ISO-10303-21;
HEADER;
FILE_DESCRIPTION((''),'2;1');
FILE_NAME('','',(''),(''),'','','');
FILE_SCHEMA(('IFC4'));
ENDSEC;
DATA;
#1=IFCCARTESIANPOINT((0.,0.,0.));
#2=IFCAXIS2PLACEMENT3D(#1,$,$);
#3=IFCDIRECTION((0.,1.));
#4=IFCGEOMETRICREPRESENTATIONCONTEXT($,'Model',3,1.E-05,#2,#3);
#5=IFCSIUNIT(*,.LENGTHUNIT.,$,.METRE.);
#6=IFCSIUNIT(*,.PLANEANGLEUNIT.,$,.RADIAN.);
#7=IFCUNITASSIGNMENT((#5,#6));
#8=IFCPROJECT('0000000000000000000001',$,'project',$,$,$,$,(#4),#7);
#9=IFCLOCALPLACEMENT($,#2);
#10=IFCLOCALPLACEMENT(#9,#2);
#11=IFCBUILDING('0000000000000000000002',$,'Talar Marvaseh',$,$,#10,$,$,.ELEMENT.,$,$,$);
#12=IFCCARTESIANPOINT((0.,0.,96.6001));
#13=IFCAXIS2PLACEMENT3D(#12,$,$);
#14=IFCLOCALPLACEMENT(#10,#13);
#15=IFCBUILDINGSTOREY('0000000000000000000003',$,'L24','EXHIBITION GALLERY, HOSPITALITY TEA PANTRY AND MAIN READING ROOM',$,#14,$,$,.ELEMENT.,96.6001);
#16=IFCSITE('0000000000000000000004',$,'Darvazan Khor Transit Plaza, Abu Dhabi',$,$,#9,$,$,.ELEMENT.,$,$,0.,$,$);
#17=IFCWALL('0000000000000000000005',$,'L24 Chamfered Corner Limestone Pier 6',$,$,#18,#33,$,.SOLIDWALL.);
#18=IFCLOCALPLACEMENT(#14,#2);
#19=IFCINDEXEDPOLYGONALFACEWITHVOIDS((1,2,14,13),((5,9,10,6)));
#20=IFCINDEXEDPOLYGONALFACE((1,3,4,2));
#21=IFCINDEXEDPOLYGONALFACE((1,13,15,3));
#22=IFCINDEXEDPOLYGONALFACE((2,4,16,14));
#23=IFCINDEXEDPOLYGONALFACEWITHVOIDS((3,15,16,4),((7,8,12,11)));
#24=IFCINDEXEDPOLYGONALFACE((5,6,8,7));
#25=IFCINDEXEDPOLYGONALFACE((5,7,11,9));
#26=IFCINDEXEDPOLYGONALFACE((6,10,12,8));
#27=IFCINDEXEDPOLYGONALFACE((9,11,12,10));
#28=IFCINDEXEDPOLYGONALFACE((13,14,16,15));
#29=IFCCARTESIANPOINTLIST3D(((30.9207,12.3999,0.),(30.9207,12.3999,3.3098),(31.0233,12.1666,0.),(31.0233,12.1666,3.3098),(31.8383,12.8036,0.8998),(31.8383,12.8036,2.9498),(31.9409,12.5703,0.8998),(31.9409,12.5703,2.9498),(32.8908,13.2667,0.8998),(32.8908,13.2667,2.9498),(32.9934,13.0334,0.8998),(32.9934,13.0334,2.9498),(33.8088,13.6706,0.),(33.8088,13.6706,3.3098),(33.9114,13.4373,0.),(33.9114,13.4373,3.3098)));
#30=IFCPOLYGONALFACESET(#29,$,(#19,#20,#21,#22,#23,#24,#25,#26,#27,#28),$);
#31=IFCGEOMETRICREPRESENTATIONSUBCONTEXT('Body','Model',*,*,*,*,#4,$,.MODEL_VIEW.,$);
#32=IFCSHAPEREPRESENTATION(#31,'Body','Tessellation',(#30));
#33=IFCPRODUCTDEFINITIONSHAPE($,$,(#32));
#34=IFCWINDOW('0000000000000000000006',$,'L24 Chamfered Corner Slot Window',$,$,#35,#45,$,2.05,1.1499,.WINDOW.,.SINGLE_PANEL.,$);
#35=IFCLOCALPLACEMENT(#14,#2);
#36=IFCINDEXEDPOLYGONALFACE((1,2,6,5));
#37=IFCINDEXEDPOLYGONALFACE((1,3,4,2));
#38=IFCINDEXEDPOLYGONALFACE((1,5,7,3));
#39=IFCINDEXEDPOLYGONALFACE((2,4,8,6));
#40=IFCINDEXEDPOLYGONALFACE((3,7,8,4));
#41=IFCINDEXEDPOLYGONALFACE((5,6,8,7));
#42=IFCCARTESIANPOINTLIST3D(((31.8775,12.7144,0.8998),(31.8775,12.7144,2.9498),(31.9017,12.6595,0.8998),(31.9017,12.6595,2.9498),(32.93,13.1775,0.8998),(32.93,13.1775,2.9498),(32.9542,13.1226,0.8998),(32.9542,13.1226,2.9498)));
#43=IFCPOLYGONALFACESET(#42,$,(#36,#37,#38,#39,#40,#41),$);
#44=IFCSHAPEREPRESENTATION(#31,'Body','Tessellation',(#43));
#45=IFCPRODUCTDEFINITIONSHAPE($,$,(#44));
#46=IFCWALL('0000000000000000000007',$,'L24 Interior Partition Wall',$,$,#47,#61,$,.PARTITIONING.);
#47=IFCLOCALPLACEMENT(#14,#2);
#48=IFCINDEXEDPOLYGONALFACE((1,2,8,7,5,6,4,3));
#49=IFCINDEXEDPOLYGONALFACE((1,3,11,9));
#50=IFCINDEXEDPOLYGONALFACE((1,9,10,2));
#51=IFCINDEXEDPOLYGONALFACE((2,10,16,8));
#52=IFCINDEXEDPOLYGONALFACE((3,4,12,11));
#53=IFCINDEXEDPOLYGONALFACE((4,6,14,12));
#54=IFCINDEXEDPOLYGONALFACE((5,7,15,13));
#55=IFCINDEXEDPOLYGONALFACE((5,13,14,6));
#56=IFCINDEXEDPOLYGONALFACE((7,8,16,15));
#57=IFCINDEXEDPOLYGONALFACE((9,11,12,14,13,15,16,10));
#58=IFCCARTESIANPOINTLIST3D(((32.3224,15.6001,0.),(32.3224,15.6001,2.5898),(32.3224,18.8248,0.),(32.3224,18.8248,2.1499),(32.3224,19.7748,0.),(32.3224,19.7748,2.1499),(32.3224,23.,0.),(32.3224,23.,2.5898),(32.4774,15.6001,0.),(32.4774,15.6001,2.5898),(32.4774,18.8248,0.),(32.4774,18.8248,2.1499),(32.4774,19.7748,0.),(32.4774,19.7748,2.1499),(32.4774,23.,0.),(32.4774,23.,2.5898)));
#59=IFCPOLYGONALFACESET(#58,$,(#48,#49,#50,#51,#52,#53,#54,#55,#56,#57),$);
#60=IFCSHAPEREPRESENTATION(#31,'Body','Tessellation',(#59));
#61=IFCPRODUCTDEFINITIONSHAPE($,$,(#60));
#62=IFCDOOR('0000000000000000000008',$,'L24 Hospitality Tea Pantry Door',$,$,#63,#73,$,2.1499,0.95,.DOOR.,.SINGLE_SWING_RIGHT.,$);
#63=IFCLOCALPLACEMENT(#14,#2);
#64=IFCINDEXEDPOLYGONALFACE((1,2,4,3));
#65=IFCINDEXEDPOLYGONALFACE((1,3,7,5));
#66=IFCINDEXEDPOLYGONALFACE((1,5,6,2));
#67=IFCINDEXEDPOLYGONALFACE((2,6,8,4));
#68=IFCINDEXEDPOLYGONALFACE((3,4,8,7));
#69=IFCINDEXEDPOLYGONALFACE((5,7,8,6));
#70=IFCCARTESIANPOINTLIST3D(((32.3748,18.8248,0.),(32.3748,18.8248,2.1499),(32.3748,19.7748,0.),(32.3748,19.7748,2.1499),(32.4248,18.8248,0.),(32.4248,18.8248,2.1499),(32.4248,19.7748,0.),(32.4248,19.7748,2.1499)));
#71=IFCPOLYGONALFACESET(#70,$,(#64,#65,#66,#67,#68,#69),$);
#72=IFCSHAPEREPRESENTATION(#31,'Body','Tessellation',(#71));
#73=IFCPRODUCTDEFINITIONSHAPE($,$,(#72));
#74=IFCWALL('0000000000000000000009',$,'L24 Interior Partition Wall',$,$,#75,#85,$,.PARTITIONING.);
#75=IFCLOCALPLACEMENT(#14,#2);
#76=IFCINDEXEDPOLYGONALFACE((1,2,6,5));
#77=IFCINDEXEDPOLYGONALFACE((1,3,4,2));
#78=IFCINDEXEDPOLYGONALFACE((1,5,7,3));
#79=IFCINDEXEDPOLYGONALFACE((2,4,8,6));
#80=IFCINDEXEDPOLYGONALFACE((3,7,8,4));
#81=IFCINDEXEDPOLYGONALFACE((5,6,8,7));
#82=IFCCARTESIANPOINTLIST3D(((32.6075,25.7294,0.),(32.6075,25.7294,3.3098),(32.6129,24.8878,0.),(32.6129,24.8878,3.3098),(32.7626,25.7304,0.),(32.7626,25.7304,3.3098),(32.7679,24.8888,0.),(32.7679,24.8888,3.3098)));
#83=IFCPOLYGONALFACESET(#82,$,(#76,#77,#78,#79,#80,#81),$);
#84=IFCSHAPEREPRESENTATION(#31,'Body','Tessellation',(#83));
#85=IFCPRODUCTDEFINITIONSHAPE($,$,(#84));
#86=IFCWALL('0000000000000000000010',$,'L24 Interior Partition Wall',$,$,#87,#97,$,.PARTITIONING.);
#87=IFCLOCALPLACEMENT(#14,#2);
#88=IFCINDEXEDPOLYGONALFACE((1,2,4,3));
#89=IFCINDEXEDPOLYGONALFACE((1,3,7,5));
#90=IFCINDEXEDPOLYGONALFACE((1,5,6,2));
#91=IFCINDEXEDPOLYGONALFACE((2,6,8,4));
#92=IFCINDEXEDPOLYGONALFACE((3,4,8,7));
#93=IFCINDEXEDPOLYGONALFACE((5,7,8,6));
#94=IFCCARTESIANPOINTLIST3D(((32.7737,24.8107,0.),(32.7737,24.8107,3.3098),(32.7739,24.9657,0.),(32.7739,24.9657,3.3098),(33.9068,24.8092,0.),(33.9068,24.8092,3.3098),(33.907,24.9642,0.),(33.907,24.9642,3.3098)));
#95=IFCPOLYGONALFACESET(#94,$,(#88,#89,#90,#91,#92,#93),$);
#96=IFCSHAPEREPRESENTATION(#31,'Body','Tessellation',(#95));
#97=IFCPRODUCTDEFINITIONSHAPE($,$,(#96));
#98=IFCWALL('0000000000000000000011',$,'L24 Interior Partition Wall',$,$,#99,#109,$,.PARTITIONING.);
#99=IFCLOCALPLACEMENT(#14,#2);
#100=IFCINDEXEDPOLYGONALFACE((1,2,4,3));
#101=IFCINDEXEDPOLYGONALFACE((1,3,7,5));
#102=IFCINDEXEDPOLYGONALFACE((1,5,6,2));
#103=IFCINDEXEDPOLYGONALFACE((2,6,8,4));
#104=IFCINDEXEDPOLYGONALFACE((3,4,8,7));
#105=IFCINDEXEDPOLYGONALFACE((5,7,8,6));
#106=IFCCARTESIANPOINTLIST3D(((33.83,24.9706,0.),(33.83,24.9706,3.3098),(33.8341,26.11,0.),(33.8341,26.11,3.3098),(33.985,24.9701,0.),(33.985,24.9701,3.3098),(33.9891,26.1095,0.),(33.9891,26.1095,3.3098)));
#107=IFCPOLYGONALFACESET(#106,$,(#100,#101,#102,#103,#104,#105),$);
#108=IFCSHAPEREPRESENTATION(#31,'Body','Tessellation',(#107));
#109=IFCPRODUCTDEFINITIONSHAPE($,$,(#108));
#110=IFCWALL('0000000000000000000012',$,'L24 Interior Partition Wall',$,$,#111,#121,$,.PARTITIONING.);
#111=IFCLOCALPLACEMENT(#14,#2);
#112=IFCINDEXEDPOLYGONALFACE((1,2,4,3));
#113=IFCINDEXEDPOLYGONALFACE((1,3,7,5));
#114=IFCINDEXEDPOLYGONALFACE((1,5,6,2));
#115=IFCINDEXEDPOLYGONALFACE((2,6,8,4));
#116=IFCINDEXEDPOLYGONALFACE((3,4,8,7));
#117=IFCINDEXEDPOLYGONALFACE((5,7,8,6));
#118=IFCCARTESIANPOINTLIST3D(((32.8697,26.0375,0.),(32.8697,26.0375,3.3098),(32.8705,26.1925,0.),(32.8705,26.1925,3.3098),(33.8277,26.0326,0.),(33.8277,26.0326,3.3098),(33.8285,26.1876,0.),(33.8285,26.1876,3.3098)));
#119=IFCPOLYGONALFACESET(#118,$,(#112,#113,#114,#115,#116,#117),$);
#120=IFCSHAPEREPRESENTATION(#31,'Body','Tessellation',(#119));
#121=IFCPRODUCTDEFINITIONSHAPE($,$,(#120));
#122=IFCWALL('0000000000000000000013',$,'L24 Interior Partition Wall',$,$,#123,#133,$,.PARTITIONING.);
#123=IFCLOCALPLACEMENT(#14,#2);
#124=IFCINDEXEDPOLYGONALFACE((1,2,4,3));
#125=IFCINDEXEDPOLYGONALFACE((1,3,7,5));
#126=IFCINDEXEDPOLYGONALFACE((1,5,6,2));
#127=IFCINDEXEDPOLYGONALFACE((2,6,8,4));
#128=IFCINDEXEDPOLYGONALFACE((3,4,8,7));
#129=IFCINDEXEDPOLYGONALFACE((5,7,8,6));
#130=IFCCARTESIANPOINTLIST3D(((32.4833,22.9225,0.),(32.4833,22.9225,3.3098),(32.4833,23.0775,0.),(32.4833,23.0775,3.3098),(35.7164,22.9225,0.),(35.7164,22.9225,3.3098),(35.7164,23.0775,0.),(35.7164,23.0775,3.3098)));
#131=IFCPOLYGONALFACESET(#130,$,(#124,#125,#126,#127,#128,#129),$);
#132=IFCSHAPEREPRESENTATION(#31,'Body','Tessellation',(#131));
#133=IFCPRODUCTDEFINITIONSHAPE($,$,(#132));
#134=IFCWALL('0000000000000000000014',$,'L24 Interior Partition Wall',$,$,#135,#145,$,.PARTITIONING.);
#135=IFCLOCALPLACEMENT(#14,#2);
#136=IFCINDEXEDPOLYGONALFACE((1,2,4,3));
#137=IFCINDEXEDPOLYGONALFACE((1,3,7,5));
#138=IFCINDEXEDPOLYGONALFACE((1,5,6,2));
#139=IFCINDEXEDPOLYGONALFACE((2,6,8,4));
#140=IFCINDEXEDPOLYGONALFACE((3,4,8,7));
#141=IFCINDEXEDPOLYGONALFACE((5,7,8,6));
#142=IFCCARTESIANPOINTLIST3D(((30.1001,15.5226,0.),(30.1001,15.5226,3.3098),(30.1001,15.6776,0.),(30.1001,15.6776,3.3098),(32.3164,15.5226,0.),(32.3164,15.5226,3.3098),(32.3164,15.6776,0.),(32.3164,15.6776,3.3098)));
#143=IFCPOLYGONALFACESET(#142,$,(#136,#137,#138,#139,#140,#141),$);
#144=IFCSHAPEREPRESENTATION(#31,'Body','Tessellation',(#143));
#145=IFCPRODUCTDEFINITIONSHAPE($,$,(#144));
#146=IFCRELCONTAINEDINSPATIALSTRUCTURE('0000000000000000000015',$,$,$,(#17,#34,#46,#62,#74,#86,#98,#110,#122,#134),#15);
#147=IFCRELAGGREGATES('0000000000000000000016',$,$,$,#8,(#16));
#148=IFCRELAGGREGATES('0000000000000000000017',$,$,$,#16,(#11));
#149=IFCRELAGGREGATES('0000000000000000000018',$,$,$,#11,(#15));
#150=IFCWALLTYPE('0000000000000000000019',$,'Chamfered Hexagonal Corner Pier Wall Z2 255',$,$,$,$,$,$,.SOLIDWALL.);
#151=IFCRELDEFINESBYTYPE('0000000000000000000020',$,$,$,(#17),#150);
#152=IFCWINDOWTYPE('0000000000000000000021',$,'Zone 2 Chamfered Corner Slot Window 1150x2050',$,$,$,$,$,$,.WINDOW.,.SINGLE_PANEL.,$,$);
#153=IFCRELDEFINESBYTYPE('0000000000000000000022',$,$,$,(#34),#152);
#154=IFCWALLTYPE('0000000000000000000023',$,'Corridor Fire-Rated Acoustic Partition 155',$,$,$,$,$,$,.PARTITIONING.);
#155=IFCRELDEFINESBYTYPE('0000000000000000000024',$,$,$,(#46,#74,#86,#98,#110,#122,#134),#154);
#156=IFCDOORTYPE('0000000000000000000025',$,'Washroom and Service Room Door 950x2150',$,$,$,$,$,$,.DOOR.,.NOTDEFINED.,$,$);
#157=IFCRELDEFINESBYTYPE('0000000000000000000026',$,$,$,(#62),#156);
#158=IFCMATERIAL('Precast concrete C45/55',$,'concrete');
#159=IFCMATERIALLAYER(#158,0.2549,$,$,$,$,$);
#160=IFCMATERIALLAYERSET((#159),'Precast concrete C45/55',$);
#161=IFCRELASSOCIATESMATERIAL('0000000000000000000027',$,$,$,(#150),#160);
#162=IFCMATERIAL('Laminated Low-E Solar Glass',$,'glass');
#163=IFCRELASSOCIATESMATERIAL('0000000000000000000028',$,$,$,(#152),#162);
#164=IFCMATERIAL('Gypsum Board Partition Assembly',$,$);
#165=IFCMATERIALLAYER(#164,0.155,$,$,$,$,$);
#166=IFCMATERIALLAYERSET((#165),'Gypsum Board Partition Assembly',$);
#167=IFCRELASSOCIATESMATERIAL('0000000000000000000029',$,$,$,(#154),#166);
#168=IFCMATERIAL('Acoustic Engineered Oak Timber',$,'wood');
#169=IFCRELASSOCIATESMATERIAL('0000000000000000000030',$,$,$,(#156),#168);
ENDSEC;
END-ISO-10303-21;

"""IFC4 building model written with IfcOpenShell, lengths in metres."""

from ifc_helpers import new_model, si_unit, direction, frame, frame_2d, origin, place, context, subcontext, project, spatial, rectangle, extrude, source, transform, mapped, material, layer, layer_set, type_object, type_shapes, element, fill, save


model = new_model("IFC4")

# Units and contexts
model_context = context("Model", 3, precision=1e-05, world=origin(), true_north=direction((0.0, 1.0)))
body_context = subcontext(model_context, "Body", "Model", "MODEL_VIEW")
ifc_project = project(units=[si_unit("LENGTHUNIT", "METRE"), si_unit("PLANEANGLEUNIT", "RADIAN")], contexts=[model_context])

# Site, building, storey
site_placement = place(None, origin())
site = spatial("IfcSite", under=ifc_project, at=site_placement, Name="Darvazan Khor Transit Plaza, Abu Dhabi", CompositionType="ELEMENT", RefElevation=0.0)
building_placement = place(site_placement, origin())
building = spatial("IfcBuilding", under=site, at=building_placement, Name="Talar Marvaseh", CompositionType="ELEMENT")
storey_placement = place(building_placement, frame((0.0, 0.0, 96.6001)))
storey = spatial("IfcBuildingStorey", under=building, at=storey_placement, Name="L24", Description="EXHIBITION GALLERY, HOSPITALITY TEA PANTRY AND MAIN READING ROOM", CompositionType="ELEMENT", Elevation=96.6001)

# Shared definitions
ifc_material_1 = material(Name="Laminated Low-E Solar Glass", Category="glass")

# Wall, opening, window
ifc_material_2 = material(Name="Precast concrete C45/55", Category="concrete")
ifc_layer_1 = layer(ifc_material_2, 0.2549)
ifc_layer_set_1 = layer_set([ifc_layer_1], Name="Precast concrete C45/55")
wall_type_1 = type_object("IfcWallType", Name="Chamfered Hexagonal Corner Pier Wall Z2 255", PredefinedType="SOLIDWALL", material=ifc_layer_set_1)
wall_1_placement = place(storey_placement, frame((33.8601, 13.554, 0.0), z_axis=(0.0, 0.0, 1.0), x_axis=(-0.915321, -0.402726, 0.0)))
wall_1 = element("IfcWall", 1, at=wall_1_placement, inside=storey, type_object=wall_type_1, Name="L24 Chamfered Corner Limestone Pier 6", PredefinedType="SOLIDWALL", context=body_context, shape_type="SweptSolid", body=[
    extrude(rectangle(XDim=3.1553, YDim=0.2549, at=frame_2d((1.5776, 0.0))), origin(), (0.0, 0.0, 1.0), 3.3098),
])
opening_1_placement = place(wall_1_placement, frame((1.0029, 0.0, 0.8999)))
opening_1 = element("IfcOpeningElement", 2, at=opening_1_placement, cuts=wall_1, PredefinedType="OPENING", context=body_context, shape_type="SweptSolid", body=[
    extrude(rectangle(XDim=1.1499, YDim=2.05, at=frame_2d((0.575, 1.0249))), frame((0.0, 0.1375, 0.0), z_axis=(0.0, -1.0, 0.0), x_axis=(1.0, 0.0, 0.0)), (0.0, 0.0, 1.0), 0.2749),
])
window_type = type_object("IfcWindowType", Name="Zone 2 Chamfered Corner Slot Window 1150x2050", PartitioningType="SINGLE_PANEL", PredefinedType="WINDOW", material=ifc_material_1)
shared_shape_1 = source(origin(), body_context, "Body", "SweptSolid", [
    extrude(rectangle(XDim=1.1499, YDim=2.05, at=frame_2d((0.575, 1.0249))), frame((0.0, 0.03, 0.0), z_axis=(0.0, -1.0, 0.0), x_axis=(1.0, 0.0, 0.0)), (0.0, 0.0, 1.0), 0.0601),
])
type_shapes(window_type, [shared_shape_1])
window_placement = place(opening_1_placement, origin())
window = element("IfcWindow", 3, at=window_placement, inside=storey, type_object=window_type, Name="L24 Chamfered Corner Slot Window", OverallHeight=2.05, OverallWidth=1.1499, PartitioningType="SINGLE_PANEL", PredefinedType="WINDOW", context=body_context, shape_type="MappedRepresentation", body=[
    mapped(shared_shape_1, transform((0.0, 0.0, 0.0), x_axis=(1.0, 0.0, 0.0), y_axis=(0.0, 1.0, 0.0), z_axis=(0.0, 0.0, 1.0), scale=1.0)),
])
fill(opening_1, window)

# Wall, opening, door
ifc_material_3 = material(Name="Gypsum Board Partition Assembly")
ifc_layer_2 = layer(ifc_material_3, 0.155)
ifc_layer_set_2 = layer_set([ifc_layer_2], Name="Gypsum Board Partition Assembly")
wall_type_2 = type_object("IfcWallType", Name="Corridor Fire-Rated Acoustic Partition 155", PredefinedType="PARTITIONING", material=ifc_layer_set_2)
wall_2_placement = place(storey_placement, frame((32.3999, 23.0, 0.0), z_axis=(0.0, 0.0, 1.0), x_axis=(0.0, -1.0, 0.0)))
wall_2 = element("IfcWall", 4, at=wall_2_placement, inside=storey, type_object=wall_type_2, Name="L24 Interior Partition Wall", PredefinedType="PARTITIONING", context=body_context, shape_type="SweptSolid", body=[
    extrude(rectangle(XDim=7.3999, YDim=0.155, at=frame_2d((3.7, 0.0))), origin(), (0.0, 0.0, 1.0), 2.5898),
])
opening_2_placement = place(wall_2_placement, frame((3.2251, 0.0, 0.0)))
opening_2 = element("IfcOpeningElement", 5, at=opening_2_placement, cuts=wall_2, PredefinedType="OPENING", context=body_context, shape_type="SweptSolid", body=[
    extrude(rectangle(XDim=0.95, YDim=2.1499, at=frame_2d((0.4751, 1.075))), frame((0.0, 0.0874, 0.0), z_axis=(0.0, -1.0, 0.0), x_axis=(1.0, 0.0, 0.0)), (0.0, 0.0, 1.0), 0.175),
])
ifc_material_4 = material(Name="Acoustic Engineered Oak Timber", Category="wood")
door_type_1 = type_object("IfcDoorType", Name="Washroom and Service Room Door 950x2150", OperationType="NOTDEFINED", PredefinedType="DOOR", material=ifc_material_4)
shared_shape_2 = source(origin(), body_context, "Body", "SweptSolid", [
    extrude(rectangle(XDim=0.95, YDim=2.1499, at=frame_2d((0.4751, 1.075))), frame((0.0, 0.0249, 0.0), z_axis=(0.0, -1.0, 0.0), x_axis=(1.0, 0.0, 0.0)), (0.0, 0.0, 1.0), 0.05),
])
type_shapes(door_type_1, [shared_shape_2])
door_1_placement = place(opening_2_placement, origin())
door_1 = element("IfcDoor", 6, at=door_1_placement, inside=storey, type_object=door_type_1, Name="L24 Hospitality Tea Pantry Door", OperationType="SINGLE_SWING_RIGHT", OverallHeight=2.1499, OverallWidth=0.95, PredefinedType="DOOR", context=body_context, shape_type="MappedRepresentation", body=[
    mapped(shared_shape_2, transform((0.0, 0.0, 0.0), x_axis=(1.0, 0.0, 0.0), y_axis=(0.0, 1.0, 0.0), z_axis=(0.0, 0.0, 1.0), scale=1.0)),
])
fill(opening_2, door_1)

# Walls
wall_3_placement = place(storey_placement, frame((32.6851, 25.73, 0.0), z_axis=(0.0, 0.0, 1.0), x_axis=(0.006382, -0.99998, 0.0)))
element("IfcWall", 7, at=wall_3_placement, inside=storey, type_object=wall_type_2, Name="L24 Interior Partition Wall", PredefinedType="PARTITIONING", context=body_context, shape_type="SweptSolid", body=[
    extrude(rectangle(XDim=0.8416, YDim=0.155, at=frame_2d((0.4209, 0.0))), origin(), (0.0, 0.0, 1.0), 3.3098),
])
wall_4_placement = place(storey_placement, frame((32.7739, 24.8882, 0.0), z_axis=(0.0, 0.0, 1.0), x_axis=(0.999999, -0.001293, 0.0)))
element("IfcWall", 8, at=wall_4_placement, inside=storey, type_object=wall_type_2, Name="L24 Interior Partition Wall", PredefinedType="PARTITIONING", context=body_context, shape_type="SweptSolid", body=[
    extrude(rectangle(XDim=1.1331, YDim=0.155, at=frame_2d((0.5664, 0.0))), origin(), (0.0, 0.0, 1.0), 3.3098),
])
wall_5_placement = place(storey_placement, frame((33.9075, 24.9702, 0.0), z_axis=(0.0, 0.0, 1.0), x_axis=(0.003643, 0.999993, 0.0)))
element("IfcWall", 9, at=wall_5_placement, inside=storey, type_object=wall_type_2, Name="L24 Interior Partition Wall", PredefinedType="PARTITIONING", context=body_context, shape_type="SweptSolid", body=[
    extrude(rectangle(XDim=1.1394, YDim=0.155, at=frame_2d((0.5698, 0.0))), origin(), (0.0, 0.0, 1.0), 3.3098),
])
wall_6_placement = place(storey_placement, frame((33.8281, 26.1101, 0.0), z_axis=(0.0, 0.0, 1.0), x_axis=(-0.999987, 0.005097, 0.0)))
element("IfcWall", 10, at=wall_6_placement, inside=storey, type_object=wall_type_2, Name="L24 Interior Partition Wall", PredefinedType="PARTITIONING", context=body_context, shape_type="SweptSolid", body=[
    extrude(rectangle(XDim=0.958, YDim=0.155, at=frame_2d((0.479, 0.0))), origin(), (0.0, 0.0, 1.0), 3.3098),
])
wall_7_placement = place(storey_placement, frame((35.7166, 23.0, 0.0), z_axis=(0.0, 0.0, 1.0), x_axis=(-1.0, 0.0, 0.0)))
element("IfcWall", 11, at=wall_7_placement, inside=storey, type_object=wall_type_2, Name="L24 Interior Partition Wall", PredefinedType="PARTITIONING", context=body_context, shape_type="SweptSolid", body=[
    extrude(rectangle(XDim=3.2332, YDim=0.155, at=frame_2d((1.6167, 0.0))), origin(), (0.0, 0.0, 1.0), 3.3098),
])
wall_8_placement = place(storey_placement, frame((32.3164, 15.6001, 0.0), z_axis=(0.0, 0.0, 1.0), x_axis=(-1.0, 0.0, 0.0)))
element("IfcWall", 12, at=wall_8_placement, inside=storey, type_object=wall_type_2, Name="L24 Interior Partition Wall", PredefinedType="PARTITIONING", context=body_context, shape_type="SweptSolid", body=[
    extrude(rectangle(XDim=2.2163, YDim=0.155, at=frame_2d((1.1082, 0.0))), origin(), (0.0, 0.0, 1.0), 3.3098),
])

save(model, "model.ifc")
